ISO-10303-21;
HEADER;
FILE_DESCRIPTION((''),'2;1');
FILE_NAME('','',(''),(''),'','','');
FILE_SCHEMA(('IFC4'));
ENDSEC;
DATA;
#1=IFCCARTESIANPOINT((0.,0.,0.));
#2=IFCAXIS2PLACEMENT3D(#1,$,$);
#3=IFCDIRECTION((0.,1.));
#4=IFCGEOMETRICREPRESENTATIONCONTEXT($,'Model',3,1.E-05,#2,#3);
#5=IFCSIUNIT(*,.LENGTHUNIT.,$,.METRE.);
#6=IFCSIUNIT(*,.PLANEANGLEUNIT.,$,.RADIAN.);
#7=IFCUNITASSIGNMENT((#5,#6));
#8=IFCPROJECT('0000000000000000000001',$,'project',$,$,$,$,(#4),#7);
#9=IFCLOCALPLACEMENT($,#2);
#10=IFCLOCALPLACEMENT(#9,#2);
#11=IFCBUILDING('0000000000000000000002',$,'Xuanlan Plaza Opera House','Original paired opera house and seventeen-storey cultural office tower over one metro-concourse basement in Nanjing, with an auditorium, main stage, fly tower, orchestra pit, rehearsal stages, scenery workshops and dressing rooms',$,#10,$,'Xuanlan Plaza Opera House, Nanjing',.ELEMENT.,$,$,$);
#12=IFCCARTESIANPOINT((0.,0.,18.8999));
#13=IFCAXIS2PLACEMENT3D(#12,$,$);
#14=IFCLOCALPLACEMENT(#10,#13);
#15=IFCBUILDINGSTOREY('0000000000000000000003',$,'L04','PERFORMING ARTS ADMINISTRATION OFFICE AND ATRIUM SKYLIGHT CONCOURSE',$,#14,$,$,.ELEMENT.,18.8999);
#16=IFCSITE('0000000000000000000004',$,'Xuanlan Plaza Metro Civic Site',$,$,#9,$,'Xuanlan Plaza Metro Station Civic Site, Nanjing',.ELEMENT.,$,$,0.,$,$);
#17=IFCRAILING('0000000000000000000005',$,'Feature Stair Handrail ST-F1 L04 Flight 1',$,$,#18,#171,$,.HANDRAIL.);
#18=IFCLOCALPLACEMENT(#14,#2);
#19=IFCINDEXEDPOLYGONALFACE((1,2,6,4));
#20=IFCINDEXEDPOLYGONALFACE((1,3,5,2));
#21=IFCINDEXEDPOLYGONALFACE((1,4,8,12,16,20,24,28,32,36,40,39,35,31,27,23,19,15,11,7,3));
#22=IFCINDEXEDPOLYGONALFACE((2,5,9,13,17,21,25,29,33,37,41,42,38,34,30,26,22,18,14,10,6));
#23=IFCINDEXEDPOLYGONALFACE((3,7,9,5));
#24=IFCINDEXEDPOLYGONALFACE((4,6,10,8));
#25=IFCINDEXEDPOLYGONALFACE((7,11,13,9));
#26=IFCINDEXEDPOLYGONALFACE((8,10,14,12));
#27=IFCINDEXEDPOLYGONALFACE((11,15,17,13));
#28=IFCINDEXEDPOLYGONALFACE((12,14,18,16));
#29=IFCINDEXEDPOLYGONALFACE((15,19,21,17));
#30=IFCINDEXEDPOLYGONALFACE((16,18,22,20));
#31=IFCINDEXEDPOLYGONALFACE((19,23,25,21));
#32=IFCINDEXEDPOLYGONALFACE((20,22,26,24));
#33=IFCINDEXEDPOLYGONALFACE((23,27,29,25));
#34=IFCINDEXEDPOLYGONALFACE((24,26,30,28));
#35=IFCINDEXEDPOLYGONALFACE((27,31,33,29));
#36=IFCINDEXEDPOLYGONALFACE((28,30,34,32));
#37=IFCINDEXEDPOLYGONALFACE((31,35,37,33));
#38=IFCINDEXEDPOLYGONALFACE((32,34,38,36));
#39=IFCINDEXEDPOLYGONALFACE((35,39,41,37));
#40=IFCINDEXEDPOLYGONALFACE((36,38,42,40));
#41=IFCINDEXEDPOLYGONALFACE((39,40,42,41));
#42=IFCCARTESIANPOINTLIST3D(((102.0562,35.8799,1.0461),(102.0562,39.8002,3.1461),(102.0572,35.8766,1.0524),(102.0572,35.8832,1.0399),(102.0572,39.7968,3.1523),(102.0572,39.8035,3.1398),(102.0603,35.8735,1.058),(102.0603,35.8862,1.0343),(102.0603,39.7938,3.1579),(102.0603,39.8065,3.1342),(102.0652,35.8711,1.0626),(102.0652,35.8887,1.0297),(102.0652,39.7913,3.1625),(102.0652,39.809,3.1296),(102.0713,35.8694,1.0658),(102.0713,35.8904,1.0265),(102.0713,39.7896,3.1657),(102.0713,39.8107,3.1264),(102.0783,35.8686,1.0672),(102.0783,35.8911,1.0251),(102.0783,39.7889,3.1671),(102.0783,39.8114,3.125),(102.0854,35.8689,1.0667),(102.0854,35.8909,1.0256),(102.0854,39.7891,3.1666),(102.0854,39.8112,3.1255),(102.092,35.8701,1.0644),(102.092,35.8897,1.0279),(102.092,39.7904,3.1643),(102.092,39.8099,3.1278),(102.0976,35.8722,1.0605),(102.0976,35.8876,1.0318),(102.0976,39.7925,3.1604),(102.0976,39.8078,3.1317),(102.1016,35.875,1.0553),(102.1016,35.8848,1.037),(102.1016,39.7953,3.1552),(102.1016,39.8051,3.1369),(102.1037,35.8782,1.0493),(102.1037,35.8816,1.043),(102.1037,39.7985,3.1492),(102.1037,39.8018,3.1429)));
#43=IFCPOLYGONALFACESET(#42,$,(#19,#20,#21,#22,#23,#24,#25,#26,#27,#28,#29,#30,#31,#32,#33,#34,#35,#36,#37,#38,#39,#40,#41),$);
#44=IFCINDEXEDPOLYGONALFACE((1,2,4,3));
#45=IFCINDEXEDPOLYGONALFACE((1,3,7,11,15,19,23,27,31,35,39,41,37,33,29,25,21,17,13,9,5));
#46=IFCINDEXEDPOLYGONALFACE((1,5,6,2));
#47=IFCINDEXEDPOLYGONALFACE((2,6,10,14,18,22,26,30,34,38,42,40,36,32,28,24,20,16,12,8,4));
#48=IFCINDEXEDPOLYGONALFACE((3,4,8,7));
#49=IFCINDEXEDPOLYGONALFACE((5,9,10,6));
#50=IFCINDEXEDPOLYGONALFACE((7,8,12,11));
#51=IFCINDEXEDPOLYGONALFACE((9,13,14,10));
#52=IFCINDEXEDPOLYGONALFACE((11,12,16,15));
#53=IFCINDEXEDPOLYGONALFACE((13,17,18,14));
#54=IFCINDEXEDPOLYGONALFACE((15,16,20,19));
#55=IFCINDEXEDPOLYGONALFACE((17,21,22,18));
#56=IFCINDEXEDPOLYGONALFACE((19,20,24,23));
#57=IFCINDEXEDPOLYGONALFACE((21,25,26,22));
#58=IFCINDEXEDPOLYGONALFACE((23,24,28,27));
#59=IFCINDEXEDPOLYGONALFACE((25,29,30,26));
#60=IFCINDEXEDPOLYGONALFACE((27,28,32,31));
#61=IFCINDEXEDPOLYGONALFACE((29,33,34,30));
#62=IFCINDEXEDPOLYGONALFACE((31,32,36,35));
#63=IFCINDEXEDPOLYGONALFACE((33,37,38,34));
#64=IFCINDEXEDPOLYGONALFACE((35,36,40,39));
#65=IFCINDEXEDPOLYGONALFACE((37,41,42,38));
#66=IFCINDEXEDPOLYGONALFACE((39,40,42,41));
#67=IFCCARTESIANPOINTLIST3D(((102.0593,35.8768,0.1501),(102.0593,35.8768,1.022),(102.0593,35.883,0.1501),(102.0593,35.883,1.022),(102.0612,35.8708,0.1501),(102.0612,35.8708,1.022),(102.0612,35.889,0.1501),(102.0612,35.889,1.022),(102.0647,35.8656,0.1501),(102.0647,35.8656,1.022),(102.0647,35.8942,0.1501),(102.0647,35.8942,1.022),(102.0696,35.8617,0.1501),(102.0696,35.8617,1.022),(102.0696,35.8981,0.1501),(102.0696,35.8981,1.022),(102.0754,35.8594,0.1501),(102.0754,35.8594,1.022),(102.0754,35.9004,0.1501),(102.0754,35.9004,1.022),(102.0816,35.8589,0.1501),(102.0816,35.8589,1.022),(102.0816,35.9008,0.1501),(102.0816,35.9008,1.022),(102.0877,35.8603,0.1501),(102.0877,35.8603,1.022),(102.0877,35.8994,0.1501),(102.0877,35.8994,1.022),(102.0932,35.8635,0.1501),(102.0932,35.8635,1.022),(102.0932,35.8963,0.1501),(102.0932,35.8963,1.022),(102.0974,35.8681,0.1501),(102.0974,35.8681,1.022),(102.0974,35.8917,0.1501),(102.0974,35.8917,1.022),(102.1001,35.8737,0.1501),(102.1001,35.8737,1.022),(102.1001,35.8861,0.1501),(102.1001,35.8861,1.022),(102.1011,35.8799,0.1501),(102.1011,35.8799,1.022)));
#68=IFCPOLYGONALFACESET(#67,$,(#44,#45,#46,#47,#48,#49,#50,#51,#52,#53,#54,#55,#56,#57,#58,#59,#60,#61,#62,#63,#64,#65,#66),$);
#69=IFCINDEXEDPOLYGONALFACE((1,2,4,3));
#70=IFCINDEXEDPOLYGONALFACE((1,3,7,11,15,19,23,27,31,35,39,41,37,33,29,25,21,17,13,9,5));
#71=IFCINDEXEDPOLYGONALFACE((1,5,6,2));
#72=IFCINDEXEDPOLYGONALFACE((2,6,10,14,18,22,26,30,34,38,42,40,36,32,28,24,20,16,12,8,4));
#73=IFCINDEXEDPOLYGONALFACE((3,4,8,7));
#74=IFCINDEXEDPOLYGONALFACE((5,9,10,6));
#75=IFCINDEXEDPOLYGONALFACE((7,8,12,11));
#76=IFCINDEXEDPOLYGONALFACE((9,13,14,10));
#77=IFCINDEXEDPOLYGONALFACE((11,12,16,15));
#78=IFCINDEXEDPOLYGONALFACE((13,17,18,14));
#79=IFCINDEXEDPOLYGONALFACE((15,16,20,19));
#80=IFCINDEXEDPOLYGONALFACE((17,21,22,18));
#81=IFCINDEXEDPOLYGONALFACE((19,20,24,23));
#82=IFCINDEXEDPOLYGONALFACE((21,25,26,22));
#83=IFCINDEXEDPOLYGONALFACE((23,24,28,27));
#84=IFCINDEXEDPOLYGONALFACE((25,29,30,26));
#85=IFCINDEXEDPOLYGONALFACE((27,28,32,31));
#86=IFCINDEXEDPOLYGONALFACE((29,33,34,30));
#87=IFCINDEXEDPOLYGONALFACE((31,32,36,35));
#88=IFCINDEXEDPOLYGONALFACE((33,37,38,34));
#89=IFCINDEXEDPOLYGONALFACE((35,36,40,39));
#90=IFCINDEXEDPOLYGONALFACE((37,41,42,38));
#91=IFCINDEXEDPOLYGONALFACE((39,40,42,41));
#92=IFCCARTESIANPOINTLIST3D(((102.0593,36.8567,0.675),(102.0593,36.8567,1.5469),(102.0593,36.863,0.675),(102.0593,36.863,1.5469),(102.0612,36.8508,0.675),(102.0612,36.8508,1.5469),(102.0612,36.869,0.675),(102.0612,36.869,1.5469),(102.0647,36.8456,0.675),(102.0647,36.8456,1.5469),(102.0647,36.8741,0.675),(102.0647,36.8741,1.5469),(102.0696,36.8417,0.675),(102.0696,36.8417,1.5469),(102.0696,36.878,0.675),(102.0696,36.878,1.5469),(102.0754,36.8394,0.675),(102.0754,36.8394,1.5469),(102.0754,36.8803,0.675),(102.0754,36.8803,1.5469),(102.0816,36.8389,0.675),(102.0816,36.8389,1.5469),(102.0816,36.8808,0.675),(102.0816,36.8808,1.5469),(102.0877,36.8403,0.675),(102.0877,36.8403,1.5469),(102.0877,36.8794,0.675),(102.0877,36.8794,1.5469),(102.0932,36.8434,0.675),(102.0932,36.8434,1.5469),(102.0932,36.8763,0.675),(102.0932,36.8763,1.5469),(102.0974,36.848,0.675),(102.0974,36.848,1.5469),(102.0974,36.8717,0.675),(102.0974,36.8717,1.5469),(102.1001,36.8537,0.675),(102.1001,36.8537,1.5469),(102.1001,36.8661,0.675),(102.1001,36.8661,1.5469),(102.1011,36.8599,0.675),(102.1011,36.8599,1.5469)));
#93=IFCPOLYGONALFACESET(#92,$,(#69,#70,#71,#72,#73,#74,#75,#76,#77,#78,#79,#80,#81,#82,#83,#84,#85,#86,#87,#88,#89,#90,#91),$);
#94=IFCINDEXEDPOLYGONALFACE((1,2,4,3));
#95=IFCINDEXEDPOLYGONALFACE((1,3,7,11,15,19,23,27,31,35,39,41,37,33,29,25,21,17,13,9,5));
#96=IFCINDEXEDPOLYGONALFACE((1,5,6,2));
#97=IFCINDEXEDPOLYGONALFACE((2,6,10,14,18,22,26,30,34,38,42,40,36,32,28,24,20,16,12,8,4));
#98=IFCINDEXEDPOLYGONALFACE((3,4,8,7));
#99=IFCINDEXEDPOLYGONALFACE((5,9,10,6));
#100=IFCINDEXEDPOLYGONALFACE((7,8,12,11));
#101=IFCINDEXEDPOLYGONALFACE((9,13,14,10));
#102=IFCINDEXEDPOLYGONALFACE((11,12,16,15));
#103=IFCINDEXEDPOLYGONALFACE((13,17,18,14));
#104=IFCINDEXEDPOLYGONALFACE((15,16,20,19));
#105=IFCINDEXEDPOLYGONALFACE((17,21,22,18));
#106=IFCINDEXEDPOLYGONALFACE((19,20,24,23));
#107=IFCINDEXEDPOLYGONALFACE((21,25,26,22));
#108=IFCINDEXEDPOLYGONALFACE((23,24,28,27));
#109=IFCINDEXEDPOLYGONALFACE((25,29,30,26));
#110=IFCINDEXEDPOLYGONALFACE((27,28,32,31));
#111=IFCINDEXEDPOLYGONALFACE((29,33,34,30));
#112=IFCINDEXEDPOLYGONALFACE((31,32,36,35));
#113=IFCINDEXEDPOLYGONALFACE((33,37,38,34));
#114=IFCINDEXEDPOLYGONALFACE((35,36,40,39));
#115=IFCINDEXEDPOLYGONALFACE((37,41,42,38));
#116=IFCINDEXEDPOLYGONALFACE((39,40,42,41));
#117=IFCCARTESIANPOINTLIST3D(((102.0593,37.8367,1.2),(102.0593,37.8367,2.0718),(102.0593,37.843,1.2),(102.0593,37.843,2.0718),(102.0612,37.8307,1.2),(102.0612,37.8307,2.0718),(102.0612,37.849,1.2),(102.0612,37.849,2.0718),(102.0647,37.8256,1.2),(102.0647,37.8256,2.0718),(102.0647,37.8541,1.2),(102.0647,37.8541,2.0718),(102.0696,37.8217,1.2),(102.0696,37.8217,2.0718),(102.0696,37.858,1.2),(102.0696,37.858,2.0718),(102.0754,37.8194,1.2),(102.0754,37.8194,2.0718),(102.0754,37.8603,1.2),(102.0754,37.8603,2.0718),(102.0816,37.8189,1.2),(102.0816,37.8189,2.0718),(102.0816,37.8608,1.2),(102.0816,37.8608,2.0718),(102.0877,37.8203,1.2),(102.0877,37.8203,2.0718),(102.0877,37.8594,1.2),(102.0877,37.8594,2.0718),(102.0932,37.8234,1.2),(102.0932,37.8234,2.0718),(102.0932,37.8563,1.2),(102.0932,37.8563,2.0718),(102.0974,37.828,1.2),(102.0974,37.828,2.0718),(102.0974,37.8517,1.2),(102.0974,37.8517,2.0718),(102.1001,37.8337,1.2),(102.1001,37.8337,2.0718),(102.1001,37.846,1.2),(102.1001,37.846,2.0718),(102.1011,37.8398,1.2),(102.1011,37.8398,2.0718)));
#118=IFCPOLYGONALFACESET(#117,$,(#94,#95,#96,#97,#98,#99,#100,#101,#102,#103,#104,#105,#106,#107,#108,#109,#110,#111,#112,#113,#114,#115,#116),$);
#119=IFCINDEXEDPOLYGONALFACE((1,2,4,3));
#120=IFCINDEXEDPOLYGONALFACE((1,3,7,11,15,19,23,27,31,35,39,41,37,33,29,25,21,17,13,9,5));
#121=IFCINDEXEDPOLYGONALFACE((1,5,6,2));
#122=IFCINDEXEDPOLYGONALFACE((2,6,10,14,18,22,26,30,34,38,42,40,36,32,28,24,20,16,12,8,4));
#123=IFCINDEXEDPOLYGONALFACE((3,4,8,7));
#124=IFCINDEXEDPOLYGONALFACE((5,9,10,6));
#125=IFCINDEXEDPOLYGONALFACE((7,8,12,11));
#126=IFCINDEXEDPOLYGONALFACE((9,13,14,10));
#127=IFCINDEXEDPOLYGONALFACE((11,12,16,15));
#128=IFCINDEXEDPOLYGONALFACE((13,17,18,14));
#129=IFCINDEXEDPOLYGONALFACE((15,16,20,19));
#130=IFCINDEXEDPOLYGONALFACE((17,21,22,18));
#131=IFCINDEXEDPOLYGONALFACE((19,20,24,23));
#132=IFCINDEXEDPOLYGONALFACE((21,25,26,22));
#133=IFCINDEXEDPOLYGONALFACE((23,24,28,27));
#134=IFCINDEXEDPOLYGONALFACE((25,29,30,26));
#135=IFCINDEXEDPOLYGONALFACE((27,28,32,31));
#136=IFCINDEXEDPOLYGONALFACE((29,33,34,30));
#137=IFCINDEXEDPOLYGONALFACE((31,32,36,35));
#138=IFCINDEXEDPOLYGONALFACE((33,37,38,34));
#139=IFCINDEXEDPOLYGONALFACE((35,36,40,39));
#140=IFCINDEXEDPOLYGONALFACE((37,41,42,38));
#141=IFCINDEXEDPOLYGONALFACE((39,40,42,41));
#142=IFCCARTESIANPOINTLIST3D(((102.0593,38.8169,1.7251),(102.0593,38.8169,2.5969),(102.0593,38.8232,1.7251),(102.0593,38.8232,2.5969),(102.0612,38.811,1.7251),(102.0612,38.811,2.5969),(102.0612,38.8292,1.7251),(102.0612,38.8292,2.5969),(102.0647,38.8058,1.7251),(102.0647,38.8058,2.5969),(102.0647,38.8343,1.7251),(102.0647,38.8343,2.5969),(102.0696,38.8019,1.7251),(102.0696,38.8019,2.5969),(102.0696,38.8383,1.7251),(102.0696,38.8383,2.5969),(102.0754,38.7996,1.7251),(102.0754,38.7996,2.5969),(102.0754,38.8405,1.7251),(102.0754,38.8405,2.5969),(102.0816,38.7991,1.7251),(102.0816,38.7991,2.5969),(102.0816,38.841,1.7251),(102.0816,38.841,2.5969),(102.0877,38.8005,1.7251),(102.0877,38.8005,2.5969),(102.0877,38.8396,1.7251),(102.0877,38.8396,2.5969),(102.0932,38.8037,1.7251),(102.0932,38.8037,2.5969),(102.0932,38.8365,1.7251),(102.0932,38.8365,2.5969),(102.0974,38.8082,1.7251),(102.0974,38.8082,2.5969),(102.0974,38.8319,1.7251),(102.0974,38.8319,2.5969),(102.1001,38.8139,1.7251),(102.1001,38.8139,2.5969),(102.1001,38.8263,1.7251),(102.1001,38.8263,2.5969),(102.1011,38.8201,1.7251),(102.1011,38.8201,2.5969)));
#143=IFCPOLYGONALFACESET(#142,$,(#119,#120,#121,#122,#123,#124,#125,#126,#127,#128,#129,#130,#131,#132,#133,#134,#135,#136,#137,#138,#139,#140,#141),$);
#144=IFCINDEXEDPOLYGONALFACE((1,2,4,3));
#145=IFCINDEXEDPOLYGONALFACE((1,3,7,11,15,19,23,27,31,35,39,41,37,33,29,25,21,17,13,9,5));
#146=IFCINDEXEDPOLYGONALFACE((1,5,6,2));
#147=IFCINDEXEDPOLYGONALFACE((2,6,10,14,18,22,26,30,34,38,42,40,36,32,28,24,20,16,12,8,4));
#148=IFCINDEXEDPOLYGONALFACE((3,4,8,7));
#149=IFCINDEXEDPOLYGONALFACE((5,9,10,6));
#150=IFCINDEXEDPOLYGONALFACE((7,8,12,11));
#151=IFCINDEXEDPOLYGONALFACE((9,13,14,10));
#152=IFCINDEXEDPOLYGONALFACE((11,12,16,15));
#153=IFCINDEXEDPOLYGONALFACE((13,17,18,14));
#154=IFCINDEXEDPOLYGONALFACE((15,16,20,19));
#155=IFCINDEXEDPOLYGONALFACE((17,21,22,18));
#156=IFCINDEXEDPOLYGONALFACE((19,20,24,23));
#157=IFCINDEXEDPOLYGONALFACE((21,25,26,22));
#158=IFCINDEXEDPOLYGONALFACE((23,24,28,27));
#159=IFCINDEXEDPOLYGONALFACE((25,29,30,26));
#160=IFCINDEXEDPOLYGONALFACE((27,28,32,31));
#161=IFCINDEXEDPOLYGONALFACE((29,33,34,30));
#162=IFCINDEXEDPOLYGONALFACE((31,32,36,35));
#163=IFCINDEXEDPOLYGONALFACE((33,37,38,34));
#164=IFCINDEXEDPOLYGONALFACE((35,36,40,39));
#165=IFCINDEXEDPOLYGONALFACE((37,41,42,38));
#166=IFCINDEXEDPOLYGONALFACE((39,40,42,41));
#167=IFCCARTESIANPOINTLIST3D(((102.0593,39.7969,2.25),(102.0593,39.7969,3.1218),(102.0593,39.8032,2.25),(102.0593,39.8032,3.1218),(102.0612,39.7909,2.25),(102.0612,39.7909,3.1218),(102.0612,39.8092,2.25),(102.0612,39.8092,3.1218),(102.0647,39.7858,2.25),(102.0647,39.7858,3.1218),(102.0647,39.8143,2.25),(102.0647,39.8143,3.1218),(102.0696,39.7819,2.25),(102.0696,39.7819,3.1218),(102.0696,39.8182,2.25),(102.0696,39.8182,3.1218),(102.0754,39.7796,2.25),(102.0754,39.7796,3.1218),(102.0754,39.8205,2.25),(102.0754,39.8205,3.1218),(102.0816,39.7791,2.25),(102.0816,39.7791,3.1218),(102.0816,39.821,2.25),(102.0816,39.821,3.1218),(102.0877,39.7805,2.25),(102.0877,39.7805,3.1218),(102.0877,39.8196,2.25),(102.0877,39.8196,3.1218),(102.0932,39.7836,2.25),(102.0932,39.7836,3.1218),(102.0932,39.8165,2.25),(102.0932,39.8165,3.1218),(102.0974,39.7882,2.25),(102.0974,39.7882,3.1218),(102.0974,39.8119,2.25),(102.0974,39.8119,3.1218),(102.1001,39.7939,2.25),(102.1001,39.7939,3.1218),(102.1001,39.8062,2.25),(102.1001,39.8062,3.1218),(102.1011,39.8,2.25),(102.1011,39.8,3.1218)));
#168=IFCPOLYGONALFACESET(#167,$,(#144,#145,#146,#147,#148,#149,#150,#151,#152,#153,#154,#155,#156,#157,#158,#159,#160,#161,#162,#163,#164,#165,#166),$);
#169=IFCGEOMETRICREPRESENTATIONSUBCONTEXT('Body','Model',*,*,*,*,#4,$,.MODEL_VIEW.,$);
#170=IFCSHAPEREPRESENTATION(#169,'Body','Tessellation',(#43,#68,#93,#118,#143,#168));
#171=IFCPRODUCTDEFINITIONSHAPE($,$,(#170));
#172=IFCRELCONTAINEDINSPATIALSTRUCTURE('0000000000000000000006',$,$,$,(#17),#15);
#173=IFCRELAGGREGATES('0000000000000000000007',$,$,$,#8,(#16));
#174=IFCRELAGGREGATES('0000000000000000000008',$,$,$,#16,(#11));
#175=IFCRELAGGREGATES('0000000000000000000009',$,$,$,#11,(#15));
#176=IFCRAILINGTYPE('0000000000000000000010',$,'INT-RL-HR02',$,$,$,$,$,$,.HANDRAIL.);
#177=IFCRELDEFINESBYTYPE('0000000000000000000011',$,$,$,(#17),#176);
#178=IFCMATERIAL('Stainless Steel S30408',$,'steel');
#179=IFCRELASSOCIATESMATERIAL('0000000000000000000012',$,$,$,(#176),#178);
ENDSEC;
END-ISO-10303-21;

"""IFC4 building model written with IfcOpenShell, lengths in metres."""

from ifc_helpers import new_model, si_unit, direction, frame, origin, origin_2d, place, context, subcontext, project, spatial, circle, extrude, material, type_object, element, save


model = new_model("IFC4")

# Units and contexts
model_context = context("Model", 3, precision=1e-05, world=origin(), true_north=direction((0.0, 1.0)))
body_context = subcontext(model_context, "Body", "Model", "MODEL_VIEW")
ifc_project = project(units=[si_unit("LENGTHUNIT", "METRE"), si_unit("PLANEANGLEUNIT", "RADIAN")], contexts=[model_context])

# Site, building, storey
site_placement = place(None, origin())
site = spatial("IfcSite", under=ifc_project, at=site_placement, Name="Xuanlan Plaza Metro Civic Site", LongName="Xuanlan Plaza Metro Station Civic Site, Nanjing", CompositionType="ELEMENT", RefElevation=0.0)
building_placement = place(site_placement, origin())
building = spatial("IfcBuilding", under=site, at=building_placement, Name="Xuanlan Plaza Opera House", Description="Original paired opera house and seventeen-storey cultural office tower over one metro-concourse basement in Nanjing, with an auditorium, main stage, fly tower, orchestra pit, rehearsal stages, scenery workshops and dressing rooms", LongName="Xuanlan Plaza Opera House, Nanjing", CompositionType="ELEMENT")
storey_placement = place(building_placement, frame((0.0, 0.0, 18.8999)))
storey = spatial("IfcBuildingStorey", under=building, at=storey_placement, Name="L04", Description="PERFORMING ARTS ADMINISTRATION OFFICE AND ATRIUM SKYLIGHT CONCOURSE", CompositionType="ELEMENT", Elevation=18.8999)

# Shared definitions
ifc_material_1 = material(Name="Stainless Steel S30408", Category="steel")

# Railing
railing_type = type_object("IfcRailingType", Name="INT-RL-HR02", PredefinedType="HANDRAIL", material=ifc_material_1)
railing_placement = place(storey_placement, frame((102.0801, 35.8799, 0.1501)))
element("IfcRailing", 1, at=railing_placement, inside=storey, type_object=railing_type, Name="Feature Stair Handrail ST-F1 L04 Flight 1", PredefinedType="HANDRAIL", context=body_context, shape_type="SweptSolid", body=[
    extrude(circle(Radius=0.0239, at=origin_2d()), frame((0.0, 0.0, 0.896), z_axis=(0.0, 0.881502, 0.47218), x_axis=(-1.0, 0.0, 0.0)), (0.0, 0.0, 1.0), 4.4473),
    extrude(circle(Radius=0.021, at=origin_2d()), origin(), (0.0, 0.0, 1.0), 0.8718),
    extrude(circle(Radius=0.021, at=origin_2d()), frame((0.0, 0.98, 0.5249)), (0.0, 0.0, 1.0), 0.8718),
    extrude(circle(Radius=0.021, at=origin_2d()), frame((0.0, 1.96, 1.0498)), (0.0, 0.0, 1.0), 0.8718),
    extrude(circle(Radius=0.021, at=origin_2d()), frame((0.0, 2.9402, 1.575)), (0.0, 0.0, 1.0), 0.8718),
    extrude(circle(Radius=0.021, at=origin_2d()), frame((0.0, 3.9202, 2.0999)), (0.0, 0.0, 1.0), 0.8718),
])

save(model, "model.ifc")
